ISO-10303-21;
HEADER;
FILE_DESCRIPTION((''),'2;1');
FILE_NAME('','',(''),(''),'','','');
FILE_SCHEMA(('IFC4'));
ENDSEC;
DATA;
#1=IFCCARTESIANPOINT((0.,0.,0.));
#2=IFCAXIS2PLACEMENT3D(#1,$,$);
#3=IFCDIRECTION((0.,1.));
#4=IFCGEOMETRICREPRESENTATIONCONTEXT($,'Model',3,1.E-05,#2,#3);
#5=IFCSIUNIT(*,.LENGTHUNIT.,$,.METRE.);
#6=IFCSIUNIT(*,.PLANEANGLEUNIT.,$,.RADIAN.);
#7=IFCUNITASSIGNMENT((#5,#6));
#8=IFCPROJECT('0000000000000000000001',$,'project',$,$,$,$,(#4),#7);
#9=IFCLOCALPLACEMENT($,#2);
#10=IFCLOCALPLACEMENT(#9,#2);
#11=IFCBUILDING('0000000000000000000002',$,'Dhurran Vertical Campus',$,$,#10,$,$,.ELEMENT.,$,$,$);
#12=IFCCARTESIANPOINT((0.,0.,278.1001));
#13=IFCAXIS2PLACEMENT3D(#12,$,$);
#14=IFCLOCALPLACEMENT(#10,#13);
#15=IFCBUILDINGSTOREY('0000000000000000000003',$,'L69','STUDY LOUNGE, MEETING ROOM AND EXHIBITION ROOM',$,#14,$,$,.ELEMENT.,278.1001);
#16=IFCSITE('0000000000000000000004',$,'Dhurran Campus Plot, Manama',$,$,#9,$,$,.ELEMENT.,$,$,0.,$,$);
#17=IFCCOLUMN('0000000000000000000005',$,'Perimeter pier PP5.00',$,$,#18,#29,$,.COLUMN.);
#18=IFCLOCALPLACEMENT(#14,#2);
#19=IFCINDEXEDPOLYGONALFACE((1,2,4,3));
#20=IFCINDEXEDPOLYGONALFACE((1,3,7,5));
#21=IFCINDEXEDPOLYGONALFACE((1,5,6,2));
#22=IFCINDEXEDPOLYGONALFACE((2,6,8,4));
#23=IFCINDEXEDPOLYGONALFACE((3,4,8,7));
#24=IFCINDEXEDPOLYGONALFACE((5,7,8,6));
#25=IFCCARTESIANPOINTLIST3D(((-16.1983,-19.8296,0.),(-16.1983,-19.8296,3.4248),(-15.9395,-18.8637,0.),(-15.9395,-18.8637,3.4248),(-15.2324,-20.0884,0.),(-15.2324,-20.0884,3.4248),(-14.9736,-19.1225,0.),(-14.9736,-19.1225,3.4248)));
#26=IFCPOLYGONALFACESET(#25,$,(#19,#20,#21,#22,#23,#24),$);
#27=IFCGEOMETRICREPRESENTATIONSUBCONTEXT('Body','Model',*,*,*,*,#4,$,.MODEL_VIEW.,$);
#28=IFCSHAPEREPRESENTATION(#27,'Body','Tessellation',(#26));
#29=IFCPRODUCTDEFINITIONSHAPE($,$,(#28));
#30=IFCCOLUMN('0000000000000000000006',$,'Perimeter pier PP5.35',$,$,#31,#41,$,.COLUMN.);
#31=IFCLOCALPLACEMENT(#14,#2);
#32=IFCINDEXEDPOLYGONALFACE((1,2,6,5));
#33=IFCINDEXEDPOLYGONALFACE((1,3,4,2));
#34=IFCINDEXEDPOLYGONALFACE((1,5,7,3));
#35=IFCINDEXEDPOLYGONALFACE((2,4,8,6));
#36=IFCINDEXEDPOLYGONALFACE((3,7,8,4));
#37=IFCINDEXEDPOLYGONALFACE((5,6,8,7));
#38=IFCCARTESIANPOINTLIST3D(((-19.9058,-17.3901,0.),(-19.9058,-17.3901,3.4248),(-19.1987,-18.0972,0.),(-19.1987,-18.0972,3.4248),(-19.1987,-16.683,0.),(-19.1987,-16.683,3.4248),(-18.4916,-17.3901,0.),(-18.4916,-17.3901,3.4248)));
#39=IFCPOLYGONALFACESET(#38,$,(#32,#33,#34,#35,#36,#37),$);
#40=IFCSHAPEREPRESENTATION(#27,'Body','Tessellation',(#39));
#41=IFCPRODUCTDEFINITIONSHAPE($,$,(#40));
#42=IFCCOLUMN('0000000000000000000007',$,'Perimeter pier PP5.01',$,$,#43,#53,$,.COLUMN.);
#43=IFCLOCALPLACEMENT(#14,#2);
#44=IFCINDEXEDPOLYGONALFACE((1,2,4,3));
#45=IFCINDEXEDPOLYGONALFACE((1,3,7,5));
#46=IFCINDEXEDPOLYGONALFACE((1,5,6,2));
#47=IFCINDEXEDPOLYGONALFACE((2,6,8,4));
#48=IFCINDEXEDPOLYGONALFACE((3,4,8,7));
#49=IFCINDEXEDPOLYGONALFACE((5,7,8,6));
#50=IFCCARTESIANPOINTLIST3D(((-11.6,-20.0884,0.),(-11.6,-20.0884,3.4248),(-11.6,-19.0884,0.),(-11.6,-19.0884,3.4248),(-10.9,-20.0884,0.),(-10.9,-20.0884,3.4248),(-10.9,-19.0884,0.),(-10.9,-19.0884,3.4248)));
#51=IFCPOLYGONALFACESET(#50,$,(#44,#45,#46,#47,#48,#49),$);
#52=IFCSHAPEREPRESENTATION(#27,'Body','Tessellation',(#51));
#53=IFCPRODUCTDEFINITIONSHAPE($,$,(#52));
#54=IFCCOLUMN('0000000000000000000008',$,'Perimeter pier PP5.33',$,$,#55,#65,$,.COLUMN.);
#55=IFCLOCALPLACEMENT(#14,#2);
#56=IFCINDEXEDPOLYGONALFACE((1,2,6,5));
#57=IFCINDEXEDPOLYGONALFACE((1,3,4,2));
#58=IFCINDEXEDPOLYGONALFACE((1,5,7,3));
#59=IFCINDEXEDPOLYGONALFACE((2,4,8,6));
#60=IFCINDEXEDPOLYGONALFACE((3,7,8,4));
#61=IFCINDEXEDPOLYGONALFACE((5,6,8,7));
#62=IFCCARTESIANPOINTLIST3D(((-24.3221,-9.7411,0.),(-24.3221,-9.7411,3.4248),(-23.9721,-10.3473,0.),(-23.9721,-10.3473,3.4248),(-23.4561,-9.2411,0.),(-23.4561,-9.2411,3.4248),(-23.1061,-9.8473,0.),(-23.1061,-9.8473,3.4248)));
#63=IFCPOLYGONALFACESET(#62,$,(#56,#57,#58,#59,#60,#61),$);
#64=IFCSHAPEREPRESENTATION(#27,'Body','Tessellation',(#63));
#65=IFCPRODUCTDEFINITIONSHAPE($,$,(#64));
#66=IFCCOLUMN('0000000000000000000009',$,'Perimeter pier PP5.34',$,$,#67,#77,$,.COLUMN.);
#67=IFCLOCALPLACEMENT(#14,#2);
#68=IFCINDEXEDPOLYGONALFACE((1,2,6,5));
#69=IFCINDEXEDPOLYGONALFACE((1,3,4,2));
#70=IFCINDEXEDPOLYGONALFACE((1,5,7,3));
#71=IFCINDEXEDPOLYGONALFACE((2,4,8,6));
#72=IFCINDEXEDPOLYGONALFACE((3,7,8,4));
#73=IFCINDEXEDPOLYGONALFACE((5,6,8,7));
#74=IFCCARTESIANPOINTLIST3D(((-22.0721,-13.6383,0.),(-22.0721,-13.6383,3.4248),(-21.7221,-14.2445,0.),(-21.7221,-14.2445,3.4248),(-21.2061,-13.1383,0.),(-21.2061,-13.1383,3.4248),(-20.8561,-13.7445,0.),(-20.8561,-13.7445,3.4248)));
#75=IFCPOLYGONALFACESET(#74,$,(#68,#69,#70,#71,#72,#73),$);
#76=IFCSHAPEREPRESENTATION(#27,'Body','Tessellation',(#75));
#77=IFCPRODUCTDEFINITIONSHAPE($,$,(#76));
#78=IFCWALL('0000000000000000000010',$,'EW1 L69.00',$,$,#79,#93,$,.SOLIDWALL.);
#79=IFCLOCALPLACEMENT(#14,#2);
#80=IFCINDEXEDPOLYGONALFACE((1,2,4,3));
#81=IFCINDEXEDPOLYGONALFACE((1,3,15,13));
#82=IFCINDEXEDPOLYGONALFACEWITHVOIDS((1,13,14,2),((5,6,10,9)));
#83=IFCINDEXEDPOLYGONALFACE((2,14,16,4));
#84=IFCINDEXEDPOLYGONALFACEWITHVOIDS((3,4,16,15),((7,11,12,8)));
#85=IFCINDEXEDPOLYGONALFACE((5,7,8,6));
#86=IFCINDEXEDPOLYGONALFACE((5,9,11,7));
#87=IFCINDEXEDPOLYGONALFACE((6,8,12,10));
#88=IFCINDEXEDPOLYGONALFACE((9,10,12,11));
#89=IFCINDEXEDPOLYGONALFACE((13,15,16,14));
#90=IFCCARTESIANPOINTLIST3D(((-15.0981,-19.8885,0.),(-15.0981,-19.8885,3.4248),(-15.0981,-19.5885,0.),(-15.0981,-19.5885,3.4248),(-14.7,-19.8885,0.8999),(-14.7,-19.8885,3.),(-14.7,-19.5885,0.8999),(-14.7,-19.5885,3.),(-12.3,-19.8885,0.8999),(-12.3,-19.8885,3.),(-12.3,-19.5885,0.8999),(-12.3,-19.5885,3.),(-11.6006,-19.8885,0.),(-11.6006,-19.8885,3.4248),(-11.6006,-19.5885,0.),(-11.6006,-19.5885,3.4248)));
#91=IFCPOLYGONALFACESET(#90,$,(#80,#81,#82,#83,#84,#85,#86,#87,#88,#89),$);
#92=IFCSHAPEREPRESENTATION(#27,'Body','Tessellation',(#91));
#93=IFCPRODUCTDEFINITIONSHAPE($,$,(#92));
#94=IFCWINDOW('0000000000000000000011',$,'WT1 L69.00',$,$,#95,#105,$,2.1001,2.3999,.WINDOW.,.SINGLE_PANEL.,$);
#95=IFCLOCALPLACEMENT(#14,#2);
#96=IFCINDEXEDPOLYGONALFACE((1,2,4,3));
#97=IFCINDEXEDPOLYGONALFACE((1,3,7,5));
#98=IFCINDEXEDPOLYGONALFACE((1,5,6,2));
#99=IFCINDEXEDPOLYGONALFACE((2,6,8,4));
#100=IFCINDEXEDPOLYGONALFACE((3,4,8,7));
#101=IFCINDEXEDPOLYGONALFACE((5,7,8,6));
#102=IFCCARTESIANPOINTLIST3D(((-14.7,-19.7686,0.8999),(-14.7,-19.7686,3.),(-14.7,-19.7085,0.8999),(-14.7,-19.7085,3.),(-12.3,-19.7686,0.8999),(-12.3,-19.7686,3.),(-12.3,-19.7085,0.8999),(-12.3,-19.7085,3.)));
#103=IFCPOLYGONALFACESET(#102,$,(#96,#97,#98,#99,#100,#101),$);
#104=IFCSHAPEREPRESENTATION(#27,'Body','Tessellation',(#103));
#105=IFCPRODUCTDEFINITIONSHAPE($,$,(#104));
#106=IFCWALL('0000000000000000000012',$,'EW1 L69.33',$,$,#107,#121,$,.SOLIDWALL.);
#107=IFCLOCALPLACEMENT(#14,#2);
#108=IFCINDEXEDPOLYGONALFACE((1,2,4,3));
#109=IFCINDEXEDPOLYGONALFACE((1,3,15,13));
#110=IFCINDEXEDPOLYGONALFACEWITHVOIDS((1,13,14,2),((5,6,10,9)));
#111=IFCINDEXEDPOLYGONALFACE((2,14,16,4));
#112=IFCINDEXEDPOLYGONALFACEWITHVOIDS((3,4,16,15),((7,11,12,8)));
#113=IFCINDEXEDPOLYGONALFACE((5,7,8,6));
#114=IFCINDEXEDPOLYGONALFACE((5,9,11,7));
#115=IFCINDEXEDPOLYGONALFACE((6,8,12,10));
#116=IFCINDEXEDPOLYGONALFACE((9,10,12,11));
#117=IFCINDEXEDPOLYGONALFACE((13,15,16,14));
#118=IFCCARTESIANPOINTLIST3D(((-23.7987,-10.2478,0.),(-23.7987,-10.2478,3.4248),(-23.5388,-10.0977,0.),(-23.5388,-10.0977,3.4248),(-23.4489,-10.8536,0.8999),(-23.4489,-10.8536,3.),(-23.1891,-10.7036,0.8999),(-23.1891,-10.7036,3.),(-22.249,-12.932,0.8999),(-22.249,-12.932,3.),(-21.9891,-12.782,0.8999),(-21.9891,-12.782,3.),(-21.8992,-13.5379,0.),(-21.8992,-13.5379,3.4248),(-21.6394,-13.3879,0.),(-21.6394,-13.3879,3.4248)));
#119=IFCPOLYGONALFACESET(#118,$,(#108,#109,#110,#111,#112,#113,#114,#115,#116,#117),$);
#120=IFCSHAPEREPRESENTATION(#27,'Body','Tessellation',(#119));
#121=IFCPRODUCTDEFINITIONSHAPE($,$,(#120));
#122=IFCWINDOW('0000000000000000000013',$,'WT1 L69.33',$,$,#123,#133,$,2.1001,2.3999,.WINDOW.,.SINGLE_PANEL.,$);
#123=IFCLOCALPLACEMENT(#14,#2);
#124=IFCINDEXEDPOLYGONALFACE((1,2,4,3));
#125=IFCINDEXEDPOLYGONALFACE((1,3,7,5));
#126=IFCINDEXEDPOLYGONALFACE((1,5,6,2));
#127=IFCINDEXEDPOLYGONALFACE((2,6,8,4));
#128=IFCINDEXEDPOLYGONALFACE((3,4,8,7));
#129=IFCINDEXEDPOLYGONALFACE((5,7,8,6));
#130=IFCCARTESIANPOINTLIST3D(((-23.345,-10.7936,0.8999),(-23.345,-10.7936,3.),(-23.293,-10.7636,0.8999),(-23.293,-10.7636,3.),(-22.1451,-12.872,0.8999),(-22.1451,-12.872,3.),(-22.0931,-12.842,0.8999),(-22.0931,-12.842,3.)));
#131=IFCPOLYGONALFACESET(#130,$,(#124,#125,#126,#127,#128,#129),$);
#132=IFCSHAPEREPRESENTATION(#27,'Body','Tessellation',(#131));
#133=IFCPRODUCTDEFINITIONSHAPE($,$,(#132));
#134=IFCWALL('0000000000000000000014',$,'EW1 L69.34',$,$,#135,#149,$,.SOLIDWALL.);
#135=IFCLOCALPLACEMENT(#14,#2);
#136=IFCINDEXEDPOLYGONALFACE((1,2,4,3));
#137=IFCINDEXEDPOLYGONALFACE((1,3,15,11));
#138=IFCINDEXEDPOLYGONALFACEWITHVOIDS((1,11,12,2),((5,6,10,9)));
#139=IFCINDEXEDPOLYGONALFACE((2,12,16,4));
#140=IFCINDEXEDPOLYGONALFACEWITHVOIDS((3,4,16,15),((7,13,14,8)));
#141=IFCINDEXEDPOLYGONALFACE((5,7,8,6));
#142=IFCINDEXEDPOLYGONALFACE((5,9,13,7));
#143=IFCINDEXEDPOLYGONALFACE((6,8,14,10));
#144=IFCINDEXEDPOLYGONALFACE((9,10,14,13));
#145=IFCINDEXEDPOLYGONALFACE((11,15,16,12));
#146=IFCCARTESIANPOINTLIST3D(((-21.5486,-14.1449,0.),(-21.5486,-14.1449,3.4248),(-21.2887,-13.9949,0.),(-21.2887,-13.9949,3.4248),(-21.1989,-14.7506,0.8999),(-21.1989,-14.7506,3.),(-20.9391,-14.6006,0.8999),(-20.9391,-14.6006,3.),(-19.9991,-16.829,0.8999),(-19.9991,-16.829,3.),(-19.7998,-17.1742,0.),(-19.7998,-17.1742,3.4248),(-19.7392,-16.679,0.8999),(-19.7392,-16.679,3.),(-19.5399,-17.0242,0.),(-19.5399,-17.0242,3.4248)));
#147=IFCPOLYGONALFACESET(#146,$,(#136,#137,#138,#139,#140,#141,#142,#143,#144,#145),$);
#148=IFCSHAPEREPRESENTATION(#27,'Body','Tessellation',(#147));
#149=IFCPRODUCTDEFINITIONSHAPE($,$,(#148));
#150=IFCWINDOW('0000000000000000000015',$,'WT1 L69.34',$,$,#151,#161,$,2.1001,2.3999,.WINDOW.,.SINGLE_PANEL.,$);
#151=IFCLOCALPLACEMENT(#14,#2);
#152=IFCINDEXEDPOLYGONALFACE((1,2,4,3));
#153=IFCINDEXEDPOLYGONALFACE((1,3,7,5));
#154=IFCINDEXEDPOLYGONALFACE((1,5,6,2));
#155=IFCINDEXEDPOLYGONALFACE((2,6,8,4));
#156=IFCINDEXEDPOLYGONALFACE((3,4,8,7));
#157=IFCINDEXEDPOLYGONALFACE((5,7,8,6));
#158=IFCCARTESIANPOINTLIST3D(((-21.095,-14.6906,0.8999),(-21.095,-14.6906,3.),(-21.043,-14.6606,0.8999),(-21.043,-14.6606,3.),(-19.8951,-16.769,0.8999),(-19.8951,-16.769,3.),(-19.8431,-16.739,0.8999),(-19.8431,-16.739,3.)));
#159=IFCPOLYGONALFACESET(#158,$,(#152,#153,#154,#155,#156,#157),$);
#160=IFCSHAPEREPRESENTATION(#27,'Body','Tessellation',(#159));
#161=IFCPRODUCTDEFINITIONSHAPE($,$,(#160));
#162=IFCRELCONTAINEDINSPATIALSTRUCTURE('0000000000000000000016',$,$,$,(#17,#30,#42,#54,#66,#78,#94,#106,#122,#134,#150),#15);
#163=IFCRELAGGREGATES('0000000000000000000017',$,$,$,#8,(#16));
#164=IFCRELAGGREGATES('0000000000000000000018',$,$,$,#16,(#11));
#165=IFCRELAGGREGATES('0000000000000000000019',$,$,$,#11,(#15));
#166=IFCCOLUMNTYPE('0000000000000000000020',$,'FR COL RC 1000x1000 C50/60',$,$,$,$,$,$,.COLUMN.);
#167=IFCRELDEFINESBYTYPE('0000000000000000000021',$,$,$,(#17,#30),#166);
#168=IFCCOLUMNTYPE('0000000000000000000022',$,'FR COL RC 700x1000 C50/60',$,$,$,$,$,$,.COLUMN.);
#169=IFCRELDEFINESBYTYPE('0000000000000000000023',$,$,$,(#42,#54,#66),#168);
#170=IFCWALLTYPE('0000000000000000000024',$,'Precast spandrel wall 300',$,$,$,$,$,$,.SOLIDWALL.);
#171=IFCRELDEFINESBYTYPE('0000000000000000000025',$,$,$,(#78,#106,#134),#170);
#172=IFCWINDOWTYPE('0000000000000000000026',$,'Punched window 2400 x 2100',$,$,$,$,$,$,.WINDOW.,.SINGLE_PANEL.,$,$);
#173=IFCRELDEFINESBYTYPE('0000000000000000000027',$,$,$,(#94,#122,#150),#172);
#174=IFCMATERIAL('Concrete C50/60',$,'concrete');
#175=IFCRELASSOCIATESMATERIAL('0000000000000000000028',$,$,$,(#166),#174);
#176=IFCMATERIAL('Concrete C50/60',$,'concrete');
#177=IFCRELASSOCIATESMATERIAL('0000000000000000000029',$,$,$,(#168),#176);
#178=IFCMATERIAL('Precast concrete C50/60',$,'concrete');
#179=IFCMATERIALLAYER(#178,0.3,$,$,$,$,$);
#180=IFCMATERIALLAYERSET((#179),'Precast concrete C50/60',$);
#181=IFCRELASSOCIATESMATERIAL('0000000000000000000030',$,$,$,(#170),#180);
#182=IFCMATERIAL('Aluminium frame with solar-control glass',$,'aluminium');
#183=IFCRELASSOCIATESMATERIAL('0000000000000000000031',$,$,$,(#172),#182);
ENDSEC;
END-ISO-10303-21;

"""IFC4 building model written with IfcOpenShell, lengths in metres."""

from ifc_helpers import new_model, si_unit, direction, frame, frame_2d, origin, origin_2d, place, context, subcontext, project, spatial, rectangle, extrude, material, layer, layer_set, material_profile, profile_set, type_object, element, fill, save


model = new_model("IFC4")

# Units and contexts
model_context = context("Model", 3, precision=1e-05, world=origin(), true_north=direction((0.0, 1.0)))
body_context = subcontext(model_context, "Body", "Model", "MODEL_VIEW")
ifc_project = project(units=[si_unit("LENGTHUNIT", "METRE"), si_unit("PLANEANGLEUNIT", "RADIAN")], contexts=[model_context])

# Site, building, storey
site_placement = place(None, origin())
site = spatial("IfcSite", under=ifc_project, at=site_placement, Name="Dhurran Campus Plot, Manama", CompositionType="ELEMENT", RefElevation=0.0)
building_placement = place(site_placement, origin())
building = spatial("IfcBuilding", under=site, at=building_placement, Name="Dhurran Vertical Campus", CompositionType="ELEMENT")
storey_placement = place(building_placement, frame((0.0, 0.0, 278.1001)))
storey = spatial("IfcBuildingStorey", under=building, at=storey_placement, Name="L69", Description="STUDY LOUNGE, MEETING ROOM AND EXHIBITION ROOM", CompositionType="ELEMENT", Elevation=278.1001)

# Columns
ifc_material_1 = material(Name="Concrete C50/60", Category="concrete")
ifc_material_profile_1 = material_profile(ifc_material_1, rectangle(XDim=1.0, YDim=1.0, at=origin_2d()), Name="RC 1000x1000")
ifc_profile_set_1 = profile_set([ifc_material_profile_1], Name="Concrete C50/60")
column_type_1 = type_object("IfcColumnType", Name="FR COL RC 1000x1000 C50/60", PredefinedType="COLUMN", material=ifc_profile_set_1)
for number, where, z_axis, x_axis, name in (
    (1, (-15.5859, -19.4761, 0.0), (0.0, 0.0, 1.0), (0.965926, -0.258819, 0.0), "Perimeter pier PP5.00"),
    (2, (-19.1987, -17.3901, 0.0), (0.0, 0.0, 1.0), (0.707107, -0.707107, 0.0), "Perimeter pier PP5.35"),
):
    element("IfcColumn", number, at=place(storey_placement, frame(where, z_axis=z_axis, x_axis=x_axis)), inside=storey, type_object=column_type_1, Name=name, PredefinedType="COLUMN", context=body_context, shape_type="SweptSolid", body=[
        extrude(rectangle(XDim=1.0, YDim=1.0, at=origin_2d()), origin(), (0.0, 0.0, 1.0), 3.4248),
    ])
ifc_material_2 = material(Name="Concrete C50/60", Category="concrete")
ifc_material_profile_2 = material_profile(ifc_material_2, rectangle(XDim=0.7, YDim=1.0, at=origin_2d()), Name="RC 700x1000")
ifc_profile_set_2 = profile_set([ifc_material_profile_2], Name="Concrete C50/60")
column_type_2 = type_object("IfcColumnType", Name="FR COL RC 700x1000 C50/60", PredefinedType="COLUMN", material=ifc_profile_set_2)
for number, where, z_axis, x_axis, name in (
    (3, (-11.25, -19.5884, 0.0), (0.0, 0.0, 1.0), (1.0, 0.0, 0.0), "Perimeter pier PP5.01"),
    (4, (-23.7141, -9.7942, 0.0), (0.0, 0.0, 1.0), (0.5, -0.866025, 0.0), "Perimeter pier PP5.33"),
    (5, (-21.4641, -13.6914, 0.0), (0.0, 0.0, 1.0), (0.5, -0.866025, 0.0), "Perimeter pier PP5.34"),
):
    element("IfcColumn", number, at=place(storey_placement, frame(where, z_axis=z_axis, x_axis=x_axis)), inside=storey, type_object=column_type_2, Name=name, PredefinedType="COLUMN", context=body_context, shape_type="SweptSolid", body=[
        extrude(rectangle(XDim=0.7, YDim=1.0, at=origin_2d()), origin(), (0.0, 0.0, 1.0), 3.4248),
    ])

# Walls, openings, windows
ifc_material_3 = material(Name="Precast concrete C50/60", Category="concrete")
ifc_layer_1 = layer(ifc_material_3, 0.3)
ifc_layer_set_1 = layer_set([ifc_layer_1], Name="Precast concrete C50/60")
wall_type_1 = type_object("IfcWallType", Name="Precast spandrel wall 300", PredefinedType="SOLIDWALL", material=ifc_layer_set_1)
wall_1_placement = place(storey_placement, frame((-15.0981, -19.7385, 0.0), z_axis=(0.0, 0.0, 1.0), x_axis=(1.0, 0.0, 0.0)))
wall_1 = element("IfcWall", 6, at=wall_1_placement, inside=storey, type_object=wall_type_1, Name="EW1 L69.00", PredefinedType="SOLIDWALL", context=body_context, shape_type="SweptSolid", body=[
    extrude(rectangle(XDim=3.4976, YDim=0.3, at=frame_2d((1.7488, 0.0))), origin(), (0.0, 0.0, 1.0), 3.4248),
])
opening_1_placement = place(wall_1_placement, frame((0.3982, 0.0, 0.8999)))
opening_1 = element("IfcOpeningElement", 7, at=opening_1_placement, cuts=wall_1, PredefinedType="OPENING", context=body_context, shape_type="SweptSolid", body=[
    extrude(rectangle(XDim=2.3999, YDim=2.1001, at=frame_2d((1.2, 1.05))), frame((0.0, 0.1599, 0.0), z_axis=(0.0, -1.0, 0.0), x_axis=(1.0, 0.0, 0.0)), (0.0, 0.0, 1.0), 0.3201),
])
ifc_material_4 = material(Name="Aluminium frame with solar-control glass", Category="aluminium")
window_type = type_object("IfcWindowType", Name="Punched window 2400 x 2100", PartitioningType="SINGLE_PANEL", PredefinedType="WINDOW", material=ifc_material_4)
window_1_placement = place(opening_1_placement, origin())
window_1 = element("IfcWindow", 8, at=window_1_placement, inside=storey, type_object=window_type, Name="WT1 L69.00", OverallHeight=2.1001, OverallWidth=2.3999, PartitioningType="SINGLE_PANEL", PredefinedType="WINDOW", context=body_context, shape_type="SweptSolid", body=[
    extrude(rectangle(XDim=2.3999, YDim=2.1001, at=frame_2d((1.2, 1.05))), frame((0.0, 0.03, 0.0), z_axis=(0.0, -1.0, 0.0), x_axis=(1.0, 0.0, 0.0)), (0.0, 0.0, 1.0), 0.0601),
])
fill(opening_1, window_1)
wall_2_placement = place(storey_placement, frame((-23.6687, -10.1729, 0.0), z_axis=(0.0, 0.0, 1.0), x_axis=(0.499982, -0.866036, 0.0)))
wall_2 = element("IfcWall", 9, at=wall_2_placement, inside=storey, type_object=wall_type_1, Name="EW1 L69.33", PredefinedType="SOLIDWALL", context=body_context, shape_type="SweptSolid", body=[
    extrude(rectangle(XDim=3.7991, YDim=0.3, at=frame_2d((1.8994, 0.0))), origin(), (0.0, 0.0, 1.0), 3.4248),
])
opening_2_placement = place(wall_2_placement, frame((0.6995, 0.0, 0.8999)))
opening_2 = element("IfcOpeningElement", 10, at=opening_2_placement, cuts=wall_2, PredefinedType="OPENING", context=body_context, shape_type="SweptSolid", body=[
    extrude(rectangle(XDim=2.3999, YDim=2.1001, at=frame_2d((1.2, 1.05))), frame((0.0, 0.1599, 0.0), z_axis=(0.0, -1.0, 0.0), x_axis=(1.0, 0.0, 0.0)), (0.0, 0.0, 1.0), 0.3201),
])
window_2_placement = place(opening_2_placement, origin())
window_2 = element("IfcWindow", 11, at=window_2_placement, inside=storey, type_object=window_type, Name="WT1 L69.33", OverallHeight=2.1001, OverallWidth=2.3999, PartitioningType="SINGLE_PANEL", PredefinedType="WINDOW", context=body_context, shape_type="SweptSolid", body=[
    extrude(rectangle(XDim=2.3999, YDim=2.1001, at=frame_2d((1.2, 1.05))), frame((0.0, 0.03, 0.0), z_axis=(0.0, -1.0, 0.0), x_axis=(1.0, 0.0, 0.0)), (0.0, 0.0, 1.0), 0.0601),
])
fill(opening_2, window_2)
wall_3_placement = place(storey_placement, frame((-21.4187, -14.0698, 0.0), z_axis=(0.0, 0.0, 1.0), x_axis=(0.49996, -0.866048, 0.0)))
wall_3 = element("IfcWall", 12, at=wall_3_placement, inside=storey, type_object=wall_type_1, Name="EW1 L69.34", PredefinedType="SOLIDWALL", context=body_context, shape_type="SweptSolid", body=[
    extrude(rectangle(XDim=3.4978, YDim=0.3, at=frame_2d((1.749, 0.0))), origin(), (0.0, 0.0, 1.0), 3.4248),
])
opening_3_placement = place(wall_3_placement, frame((0.6995, 0.0, 0.8999)))
opening_3 = element("IfcOpeningElement", 13, at=opening_3_placement, cuts=wall_3, PredefinedType="OPENING", context=body_context, shape_type="SweptSolid", body=[
    extrude(rectangle(XDim=2.3999, YDim=2.1001, at=frame_2d((1.2, 1.05))), frame((0.0, 0.1599, 0.0), z_axis=(0.0, -1.0, 0.0), x_axis=(1.0, 0.0, 0.0)), (0.0, 0.0, 1.0), 0.3201),
])
window_3_placement = place(opening_3_placement, origin())
window_3 = element("IfcWindow", 14, at=window_3_placement, inside=storey, type_object=window_type, Name="WT1 L69.34", OverallHeight=2.1001, OverallWidth=2.3999, PartitioningType="SINGLE_PANEL", PredefinedType="WINDOW", context=body_context, shape_type="SweptSolid", body=[
    extrude(rectangle(XDim=2.3999, YDim=2.1001, at=frame_2d((1.2, 1.05))), frame((0.0, 0.03, 0.0), z_axis=(0.0, -1.0, 0.0), x_axis=(1.0, 0.0, 0.0)), (0.0, 0.0, 1.0), 0.0601),
])
fill(opening_3, window_3)

save(model, "model.ifc")
